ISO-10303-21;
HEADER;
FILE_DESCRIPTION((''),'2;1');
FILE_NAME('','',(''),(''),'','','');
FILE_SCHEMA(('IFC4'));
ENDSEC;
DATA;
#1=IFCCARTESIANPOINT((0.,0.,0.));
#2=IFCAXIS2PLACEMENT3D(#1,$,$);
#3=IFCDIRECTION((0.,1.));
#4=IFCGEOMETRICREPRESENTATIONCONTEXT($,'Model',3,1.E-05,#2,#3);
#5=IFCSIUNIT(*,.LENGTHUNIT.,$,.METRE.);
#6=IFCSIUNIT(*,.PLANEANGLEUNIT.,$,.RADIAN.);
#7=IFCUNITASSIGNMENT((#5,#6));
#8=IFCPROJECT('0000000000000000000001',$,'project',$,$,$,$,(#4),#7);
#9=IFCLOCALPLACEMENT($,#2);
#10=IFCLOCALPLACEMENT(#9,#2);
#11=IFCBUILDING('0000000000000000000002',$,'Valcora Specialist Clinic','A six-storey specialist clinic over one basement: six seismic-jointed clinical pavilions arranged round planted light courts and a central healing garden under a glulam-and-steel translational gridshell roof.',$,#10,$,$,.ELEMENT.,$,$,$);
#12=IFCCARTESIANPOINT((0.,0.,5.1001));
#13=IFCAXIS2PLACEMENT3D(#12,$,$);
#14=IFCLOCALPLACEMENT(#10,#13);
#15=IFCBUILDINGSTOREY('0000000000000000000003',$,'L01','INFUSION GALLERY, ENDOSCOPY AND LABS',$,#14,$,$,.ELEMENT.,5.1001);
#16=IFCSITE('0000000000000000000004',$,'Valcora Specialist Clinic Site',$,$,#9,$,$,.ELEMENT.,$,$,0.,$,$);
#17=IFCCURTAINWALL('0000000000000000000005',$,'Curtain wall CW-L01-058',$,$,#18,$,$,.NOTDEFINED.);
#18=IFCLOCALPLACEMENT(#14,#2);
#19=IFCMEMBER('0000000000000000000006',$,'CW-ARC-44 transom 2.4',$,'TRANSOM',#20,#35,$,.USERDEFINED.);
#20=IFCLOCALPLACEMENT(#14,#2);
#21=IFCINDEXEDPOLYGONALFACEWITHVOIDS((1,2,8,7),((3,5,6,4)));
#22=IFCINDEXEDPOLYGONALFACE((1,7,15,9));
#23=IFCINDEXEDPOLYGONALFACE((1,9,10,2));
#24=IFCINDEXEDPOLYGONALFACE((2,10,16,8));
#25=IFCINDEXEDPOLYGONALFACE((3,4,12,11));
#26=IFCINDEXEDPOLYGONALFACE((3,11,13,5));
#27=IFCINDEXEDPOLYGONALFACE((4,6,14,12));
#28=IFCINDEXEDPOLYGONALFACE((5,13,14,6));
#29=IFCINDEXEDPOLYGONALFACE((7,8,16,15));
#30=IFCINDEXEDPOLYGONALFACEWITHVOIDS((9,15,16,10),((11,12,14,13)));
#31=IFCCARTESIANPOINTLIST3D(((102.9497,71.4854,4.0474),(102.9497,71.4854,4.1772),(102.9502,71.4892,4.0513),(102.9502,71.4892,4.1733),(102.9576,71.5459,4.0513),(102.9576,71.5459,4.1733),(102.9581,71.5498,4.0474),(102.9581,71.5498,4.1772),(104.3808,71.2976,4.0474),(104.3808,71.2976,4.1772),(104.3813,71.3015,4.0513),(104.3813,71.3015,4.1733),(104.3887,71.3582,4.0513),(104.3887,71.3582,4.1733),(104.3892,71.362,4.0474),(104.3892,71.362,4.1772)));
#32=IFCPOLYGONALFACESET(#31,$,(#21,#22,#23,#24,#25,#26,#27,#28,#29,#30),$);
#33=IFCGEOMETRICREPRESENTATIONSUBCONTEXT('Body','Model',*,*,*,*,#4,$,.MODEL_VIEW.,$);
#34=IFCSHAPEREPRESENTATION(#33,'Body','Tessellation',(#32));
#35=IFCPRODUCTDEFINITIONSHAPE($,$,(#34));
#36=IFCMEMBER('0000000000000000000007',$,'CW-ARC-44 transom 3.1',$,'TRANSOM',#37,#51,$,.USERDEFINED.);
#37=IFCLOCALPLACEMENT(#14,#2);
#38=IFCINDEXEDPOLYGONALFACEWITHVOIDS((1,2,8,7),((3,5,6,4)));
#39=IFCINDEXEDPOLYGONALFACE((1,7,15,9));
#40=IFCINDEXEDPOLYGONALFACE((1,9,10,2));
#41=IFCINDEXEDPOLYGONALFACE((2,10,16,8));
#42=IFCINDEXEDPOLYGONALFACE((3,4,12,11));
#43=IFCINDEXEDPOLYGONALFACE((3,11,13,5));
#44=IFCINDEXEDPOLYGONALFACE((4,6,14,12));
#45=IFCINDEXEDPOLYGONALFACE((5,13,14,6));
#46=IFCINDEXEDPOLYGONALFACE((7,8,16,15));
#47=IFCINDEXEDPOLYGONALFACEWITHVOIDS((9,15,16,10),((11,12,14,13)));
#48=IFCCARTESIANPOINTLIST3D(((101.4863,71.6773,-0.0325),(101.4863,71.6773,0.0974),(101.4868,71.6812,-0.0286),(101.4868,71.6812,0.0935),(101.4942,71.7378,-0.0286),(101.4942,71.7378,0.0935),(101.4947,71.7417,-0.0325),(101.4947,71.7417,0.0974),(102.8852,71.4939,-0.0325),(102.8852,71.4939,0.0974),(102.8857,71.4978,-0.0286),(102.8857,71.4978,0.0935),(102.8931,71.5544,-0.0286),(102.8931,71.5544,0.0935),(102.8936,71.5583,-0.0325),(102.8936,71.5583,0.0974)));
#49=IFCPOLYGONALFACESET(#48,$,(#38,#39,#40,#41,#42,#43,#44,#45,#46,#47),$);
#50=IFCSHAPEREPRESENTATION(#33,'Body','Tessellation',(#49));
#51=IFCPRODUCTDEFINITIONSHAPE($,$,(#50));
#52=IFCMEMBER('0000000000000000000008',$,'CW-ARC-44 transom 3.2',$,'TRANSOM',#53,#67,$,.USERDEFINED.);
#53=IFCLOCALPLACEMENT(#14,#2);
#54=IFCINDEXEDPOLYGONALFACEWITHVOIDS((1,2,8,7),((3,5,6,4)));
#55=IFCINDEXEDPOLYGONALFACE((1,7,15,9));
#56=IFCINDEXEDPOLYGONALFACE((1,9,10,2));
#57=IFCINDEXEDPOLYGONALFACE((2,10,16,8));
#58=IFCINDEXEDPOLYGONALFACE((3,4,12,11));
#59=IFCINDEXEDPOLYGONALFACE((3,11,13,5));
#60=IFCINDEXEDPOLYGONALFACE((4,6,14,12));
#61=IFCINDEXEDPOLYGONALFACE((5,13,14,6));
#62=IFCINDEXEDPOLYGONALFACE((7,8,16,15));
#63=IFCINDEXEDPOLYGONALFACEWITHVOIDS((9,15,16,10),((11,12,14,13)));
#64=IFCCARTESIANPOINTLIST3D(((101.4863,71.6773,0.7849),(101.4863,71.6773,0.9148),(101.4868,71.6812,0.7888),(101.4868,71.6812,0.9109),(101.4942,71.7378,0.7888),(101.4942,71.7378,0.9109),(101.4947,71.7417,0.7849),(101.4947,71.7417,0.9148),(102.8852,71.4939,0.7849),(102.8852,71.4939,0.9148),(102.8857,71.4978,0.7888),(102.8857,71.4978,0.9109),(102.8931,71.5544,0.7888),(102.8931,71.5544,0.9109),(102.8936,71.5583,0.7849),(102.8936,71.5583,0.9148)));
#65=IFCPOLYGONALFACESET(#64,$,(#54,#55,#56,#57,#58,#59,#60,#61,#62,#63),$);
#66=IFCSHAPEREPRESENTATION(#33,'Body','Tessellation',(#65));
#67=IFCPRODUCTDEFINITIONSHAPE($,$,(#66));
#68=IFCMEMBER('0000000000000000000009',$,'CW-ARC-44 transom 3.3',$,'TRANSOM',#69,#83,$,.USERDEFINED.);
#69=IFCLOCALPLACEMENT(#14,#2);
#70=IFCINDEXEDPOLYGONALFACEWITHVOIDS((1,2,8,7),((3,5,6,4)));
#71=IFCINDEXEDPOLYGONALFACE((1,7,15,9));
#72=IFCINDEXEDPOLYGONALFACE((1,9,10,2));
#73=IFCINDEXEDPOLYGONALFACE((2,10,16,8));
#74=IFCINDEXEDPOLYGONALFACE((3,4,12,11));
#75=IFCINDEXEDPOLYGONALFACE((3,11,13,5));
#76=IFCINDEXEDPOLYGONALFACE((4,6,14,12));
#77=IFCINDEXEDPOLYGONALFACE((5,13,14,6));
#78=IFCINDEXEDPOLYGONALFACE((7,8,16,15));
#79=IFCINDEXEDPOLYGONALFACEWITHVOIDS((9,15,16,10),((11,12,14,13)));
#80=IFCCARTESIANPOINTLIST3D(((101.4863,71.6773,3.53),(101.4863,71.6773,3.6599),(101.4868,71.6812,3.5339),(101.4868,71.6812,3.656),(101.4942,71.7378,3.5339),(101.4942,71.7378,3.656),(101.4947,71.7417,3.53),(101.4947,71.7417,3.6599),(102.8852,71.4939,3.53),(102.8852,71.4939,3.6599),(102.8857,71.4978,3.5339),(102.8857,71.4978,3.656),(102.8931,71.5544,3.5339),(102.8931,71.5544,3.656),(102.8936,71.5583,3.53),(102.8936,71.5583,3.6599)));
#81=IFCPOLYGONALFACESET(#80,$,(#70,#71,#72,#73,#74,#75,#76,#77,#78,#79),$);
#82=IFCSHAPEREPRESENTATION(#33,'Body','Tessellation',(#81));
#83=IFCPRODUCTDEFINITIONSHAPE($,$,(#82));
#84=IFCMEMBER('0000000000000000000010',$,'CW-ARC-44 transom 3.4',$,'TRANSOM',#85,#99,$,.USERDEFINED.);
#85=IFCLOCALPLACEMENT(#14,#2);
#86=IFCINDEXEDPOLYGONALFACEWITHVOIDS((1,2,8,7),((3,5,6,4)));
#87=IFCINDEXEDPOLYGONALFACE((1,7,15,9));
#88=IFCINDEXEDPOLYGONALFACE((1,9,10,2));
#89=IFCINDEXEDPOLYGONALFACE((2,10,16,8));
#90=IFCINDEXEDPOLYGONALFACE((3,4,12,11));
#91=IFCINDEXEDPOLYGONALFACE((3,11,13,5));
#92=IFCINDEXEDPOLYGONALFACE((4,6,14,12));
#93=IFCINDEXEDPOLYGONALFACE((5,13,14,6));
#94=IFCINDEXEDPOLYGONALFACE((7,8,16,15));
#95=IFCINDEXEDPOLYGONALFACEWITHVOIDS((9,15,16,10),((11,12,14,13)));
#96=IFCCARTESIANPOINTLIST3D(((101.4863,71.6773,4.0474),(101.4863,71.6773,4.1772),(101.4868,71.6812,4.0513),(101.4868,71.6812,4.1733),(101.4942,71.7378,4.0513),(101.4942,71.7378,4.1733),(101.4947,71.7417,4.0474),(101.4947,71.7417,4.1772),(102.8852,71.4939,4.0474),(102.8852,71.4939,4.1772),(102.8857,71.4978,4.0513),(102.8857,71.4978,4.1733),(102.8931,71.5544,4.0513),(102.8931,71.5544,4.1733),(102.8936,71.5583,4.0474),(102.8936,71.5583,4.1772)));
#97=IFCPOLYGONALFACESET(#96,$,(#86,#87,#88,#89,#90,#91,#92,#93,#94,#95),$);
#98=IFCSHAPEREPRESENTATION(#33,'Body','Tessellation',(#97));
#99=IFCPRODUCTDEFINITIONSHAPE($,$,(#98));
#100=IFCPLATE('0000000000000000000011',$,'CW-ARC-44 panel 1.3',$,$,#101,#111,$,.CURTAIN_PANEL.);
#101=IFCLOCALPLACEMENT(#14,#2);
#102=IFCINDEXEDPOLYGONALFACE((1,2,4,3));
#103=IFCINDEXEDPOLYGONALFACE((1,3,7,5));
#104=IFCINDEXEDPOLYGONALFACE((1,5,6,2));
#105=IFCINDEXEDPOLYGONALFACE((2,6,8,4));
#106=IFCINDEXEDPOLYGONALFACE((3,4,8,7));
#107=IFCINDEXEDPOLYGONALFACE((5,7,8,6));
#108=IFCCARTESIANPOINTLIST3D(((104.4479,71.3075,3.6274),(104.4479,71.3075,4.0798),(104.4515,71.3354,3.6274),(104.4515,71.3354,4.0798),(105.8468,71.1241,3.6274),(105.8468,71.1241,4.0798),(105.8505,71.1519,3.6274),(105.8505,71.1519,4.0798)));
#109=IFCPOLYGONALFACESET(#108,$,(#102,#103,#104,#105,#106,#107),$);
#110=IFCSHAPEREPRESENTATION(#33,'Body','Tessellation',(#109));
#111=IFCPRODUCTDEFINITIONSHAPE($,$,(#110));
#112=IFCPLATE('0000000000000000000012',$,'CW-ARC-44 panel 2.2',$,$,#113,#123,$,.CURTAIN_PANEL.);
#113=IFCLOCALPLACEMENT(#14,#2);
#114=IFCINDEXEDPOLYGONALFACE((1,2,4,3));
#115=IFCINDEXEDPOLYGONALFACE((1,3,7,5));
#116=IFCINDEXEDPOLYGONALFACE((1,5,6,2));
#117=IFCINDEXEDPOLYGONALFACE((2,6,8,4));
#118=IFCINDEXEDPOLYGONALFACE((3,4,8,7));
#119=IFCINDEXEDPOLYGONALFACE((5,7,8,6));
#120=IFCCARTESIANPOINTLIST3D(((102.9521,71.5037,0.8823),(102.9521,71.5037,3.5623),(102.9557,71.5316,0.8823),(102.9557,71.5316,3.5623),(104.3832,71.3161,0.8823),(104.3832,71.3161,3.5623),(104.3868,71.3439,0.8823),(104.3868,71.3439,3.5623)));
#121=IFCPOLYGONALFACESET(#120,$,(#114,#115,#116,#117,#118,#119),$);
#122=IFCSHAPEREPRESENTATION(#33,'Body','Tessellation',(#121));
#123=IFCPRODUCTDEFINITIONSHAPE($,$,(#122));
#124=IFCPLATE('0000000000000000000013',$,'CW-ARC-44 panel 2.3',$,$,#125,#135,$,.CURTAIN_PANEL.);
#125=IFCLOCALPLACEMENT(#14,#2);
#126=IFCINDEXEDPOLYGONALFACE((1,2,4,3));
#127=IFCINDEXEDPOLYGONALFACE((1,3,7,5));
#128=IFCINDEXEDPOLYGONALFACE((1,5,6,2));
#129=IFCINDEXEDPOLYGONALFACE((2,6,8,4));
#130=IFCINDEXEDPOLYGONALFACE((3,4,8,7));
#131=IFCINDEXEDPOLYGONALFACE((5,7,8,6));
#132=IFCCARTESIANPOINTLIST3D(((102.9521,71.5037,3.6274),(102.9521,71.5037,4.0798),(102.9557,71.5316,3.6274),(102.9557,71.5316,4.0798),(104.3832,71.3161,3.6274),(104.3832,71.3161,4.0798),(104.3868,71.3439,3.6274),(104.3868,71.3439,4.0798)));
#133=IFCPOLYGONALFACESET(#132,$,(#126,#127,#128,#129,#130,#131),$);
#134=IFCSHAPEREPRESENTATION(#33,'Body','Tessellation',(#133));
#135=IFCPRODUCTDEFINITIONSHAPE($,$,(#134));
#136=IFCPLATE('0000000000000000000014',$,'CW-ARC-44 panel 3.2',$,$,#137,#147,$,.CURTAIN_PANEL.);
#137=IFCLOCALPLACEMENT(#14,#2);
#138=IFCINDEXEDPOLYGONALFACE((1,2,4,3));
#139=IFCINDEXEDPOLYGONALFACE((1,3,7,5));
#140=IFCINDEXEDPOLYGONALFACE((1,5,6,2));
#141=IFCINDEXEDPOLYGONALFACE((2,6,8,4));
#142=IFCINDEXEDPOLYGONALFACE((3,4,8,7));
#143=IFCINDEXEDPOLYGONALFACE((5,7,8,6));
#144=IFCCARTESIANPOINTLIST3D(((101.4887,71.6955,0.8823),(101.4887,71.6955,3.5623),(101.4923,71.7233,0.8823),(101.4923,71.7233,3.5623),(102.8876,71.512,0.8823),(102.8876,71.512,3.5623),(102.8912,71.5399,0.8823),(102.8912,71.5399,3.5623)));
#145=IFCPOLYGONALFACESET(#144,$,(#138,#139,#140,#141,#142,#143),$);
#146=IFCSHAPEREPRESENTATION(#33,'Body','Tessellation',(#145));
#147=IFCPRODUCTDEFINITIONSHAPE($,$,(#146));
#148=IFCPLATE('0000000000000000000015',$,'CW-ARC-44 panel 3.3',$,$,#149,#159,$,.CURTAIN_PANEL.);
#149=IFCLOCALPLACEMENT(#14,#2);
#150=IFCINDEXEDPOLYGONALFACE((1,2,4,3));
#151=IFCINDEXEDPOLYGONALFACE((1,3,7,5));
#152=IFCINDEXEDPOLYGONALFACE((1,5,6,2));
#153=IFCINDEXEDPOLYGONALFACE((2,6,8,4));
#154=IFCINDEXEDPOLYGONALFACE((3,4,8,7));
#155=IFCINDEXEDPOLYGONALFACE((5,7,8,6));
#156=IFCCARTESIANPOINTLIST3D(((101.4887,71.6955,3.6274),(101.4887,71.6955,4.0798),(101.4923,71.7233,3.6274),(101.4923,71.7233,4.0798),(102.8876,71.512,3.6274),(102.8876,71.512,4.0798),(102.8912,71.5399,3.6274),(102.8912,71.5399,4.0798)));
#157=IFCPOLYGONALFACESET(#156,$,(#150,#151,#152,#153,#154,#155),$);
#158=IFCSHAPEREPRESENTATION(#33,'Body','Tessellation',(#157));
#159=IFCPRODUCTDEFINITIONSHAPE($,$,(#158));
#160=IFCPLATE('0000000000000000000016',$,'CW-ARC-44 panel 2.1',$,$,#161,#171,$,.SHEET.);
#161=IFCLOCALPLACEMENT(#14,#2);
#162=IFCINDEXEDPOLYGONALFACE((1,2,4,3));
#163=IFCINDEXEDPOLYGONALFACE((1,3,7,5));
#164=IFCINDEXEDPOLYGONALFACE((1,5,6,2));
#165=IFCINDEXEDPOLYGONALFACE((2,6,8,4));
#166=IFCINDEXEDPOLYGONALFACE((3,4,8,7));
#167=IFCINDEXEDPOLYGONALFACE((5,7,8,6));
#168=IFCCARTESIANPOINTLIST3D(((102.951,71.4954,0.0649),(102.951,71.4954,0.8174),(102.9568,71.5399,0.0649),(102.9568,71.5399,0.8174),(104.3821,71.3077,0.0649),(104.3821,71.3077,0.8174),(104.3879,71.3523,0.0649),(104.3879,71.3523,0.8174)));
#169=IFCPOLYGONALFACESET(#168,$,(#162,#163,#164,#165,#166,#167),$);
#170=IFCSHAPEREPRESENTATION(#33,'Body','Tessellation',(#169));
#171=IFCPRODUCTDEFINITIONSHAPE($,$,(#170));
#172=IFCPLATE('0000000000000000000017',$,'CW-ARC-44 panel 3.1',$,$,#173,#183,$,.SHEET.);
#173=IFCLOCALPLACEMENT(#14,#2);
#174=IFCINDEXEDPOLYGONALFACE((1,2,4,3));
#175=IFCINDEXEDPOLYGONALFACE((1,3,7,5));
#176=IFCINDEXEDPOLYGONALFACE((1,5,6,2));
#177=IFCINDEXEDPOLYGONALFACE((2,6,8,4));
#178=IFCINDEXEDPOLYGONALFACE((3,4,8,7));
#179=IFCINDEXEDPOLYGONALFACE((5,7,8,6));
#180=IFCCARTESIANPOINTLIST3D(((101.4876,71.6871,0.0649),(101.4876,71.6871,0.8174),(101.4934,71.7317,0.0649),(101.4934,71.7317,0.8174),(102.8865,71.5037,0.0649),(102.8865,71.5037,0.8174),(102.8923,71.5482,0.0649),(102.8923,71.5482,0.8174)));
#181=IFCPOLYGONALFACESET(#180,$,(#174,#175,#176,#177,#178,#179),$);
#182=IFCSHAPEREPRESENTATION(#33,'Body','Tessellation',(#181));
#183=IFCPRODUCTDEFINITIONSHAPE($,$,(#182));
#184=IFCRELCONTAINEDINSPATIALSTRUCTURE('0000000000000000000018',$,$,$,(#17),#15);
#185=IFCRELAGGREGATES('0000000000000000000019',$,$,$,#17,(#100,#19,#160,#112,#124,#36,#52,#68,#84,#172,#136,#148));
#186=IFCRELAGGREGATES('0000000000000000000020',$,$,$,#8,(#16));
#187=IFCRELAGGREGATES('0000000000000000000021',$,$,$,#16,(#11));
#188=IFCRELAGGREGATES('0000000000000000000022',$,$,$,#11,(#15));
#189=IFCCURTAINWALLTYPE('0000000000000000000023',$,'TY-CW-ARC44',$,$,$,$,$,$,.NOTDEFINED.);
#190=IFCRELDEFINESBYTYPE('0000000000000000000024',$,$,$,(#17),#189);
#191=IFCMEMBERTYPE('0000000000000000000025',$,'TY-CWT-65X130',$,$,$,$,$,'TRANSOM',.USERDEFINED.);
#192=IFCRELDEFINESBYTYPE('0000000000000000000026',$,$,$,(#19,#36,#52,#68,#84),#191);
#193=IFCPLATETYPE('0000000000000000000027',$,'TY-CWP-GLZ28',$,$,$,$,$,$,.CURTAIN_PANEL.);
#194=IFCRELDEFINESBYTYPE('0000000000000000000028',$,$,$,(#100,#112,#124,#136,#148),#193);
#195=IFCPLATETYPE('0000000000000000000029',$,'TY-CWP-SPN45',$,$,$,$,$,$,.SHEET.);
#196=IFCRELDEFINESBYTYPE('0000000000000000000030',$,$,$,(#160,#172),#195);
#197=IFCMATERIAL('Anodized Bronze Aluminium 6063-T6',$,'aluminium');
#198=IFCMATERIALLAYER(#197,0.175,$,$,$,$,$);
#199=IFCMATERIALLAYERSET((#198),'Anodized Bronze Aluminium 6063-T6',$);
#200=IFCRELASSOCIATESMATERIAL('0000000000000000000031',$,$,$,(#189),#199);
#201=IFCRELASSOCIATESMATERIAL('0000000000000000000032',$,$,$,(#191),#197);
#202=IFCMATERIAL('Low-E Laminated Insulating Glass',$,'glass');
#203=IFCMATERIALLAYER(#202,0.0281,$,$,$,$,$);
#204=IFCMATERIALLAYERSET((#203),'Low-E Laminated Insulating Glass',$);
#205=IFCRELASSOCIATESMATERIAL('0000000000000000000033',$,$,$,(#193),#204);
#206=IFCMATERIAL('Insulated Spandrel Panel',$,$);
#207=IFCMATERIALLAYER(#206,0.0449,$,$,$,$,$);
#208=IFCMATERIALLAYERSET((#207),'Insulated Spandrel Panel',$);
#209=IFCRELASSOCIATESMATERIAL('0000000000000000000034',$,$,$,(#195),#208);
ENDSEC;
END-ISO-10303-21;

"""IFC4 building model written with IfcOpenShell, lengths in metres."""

from ifc_helpers import new_model, si_unit, direction, frame, origin, origin_2d, place, context, subcontext, project, spatial, rectangle, hollow_rectangle, extrude, material, layer, layer_set, material_profile, profile_set, type_object, element, aggregate, save


model = new_model("IFC4")

# Units and contexts
model_context = context("Model", 3, precision=1e-05, world=origin(), true_north=direction((0.0, 1.0)))
body_context = subcontext(model_context, "Body", "Model", "MODEL_VIEW")
ifc_project = project(units=[si_unit("LENGTHUNIT", "METRE"), si_unit("PLANEANGLEUNIT", "RADIAN")], contexts=[model_context])

# Site, building, storey
site_placement = place(None, origin())
site = spatial("IfcSite", under=ifc_project, at=site_placement, Name="Valcora Specialist Clinic Site", CompositionType="ELEMENT", RefElevation=0.0)
building_placement = place(site_placement, origin())
building = spatial("IfcBuilding", under=site, at=building_placement, Name="Valcora Specialist Clinic", Description="A six-storey specialist clinic over one basement: six seismic-jointed clinical pavilions arranged round planted light courts and a central healing garden under a glulam-and-steel translational gridshell roof.", CompositionType="ELEMENT")
storey_placement = place(building_placement, frame((0.0, 0.0, 5.1001)))
storey = spatial("IfcBuildingStorey", under=building, at=storey_placement, Name="L01", Description="INFUSION GALLERY, ENDOSCOPY AND LABS", CompositionType="ELEMENT", Elevation=5.1001)

# Curtain wall, members, plates
ifc_material_1 = material(Name="Anodized Bronze Aluminium 6063-T6", Category="aluminium")
ifc_layer_1 = layer(ifc_material_1, 0.175)
ifc_layer_set_1 = layer_set([ifc_layer_1], Name="Anodized Bronze Aluminium 6063-T6")
curtain_wall_type = type_object("IfcCurtainWallType", Name="TY-CW-ARC44", PredefinedType="NOTDEFINED", material=ifc_layer_set_1)
curtain_wall_placement = place(storey_placement, origin())
curtain_wall = element("IfcCurtainWall", 1, at=curtain_wall_placement, inside=storey, type_object=curtain_wall_type, Name="Curtain wall CW-L01-058", PredefinedType="NOTDEFINED")
ifc_material_profile_1 = material_profile(ifc_material_1, hollow_rectangle(XDim=0.0649, YDim=0.1299, WallThickness=0.0039, at=origin_2d()), Name="AL-TRN-65X130")
ifc_profile_set_1 = profile_set([ifc_material_profile_1], Name="Anodized Bronze Aluminium 6063-T6")
member_type_1 = type_object("IfcMemberType", Name="TY-CWT-65X130", ElementType="TRANSOM", PredefinedType="USERDEFINED", material=ifc_profile_set_1)
member_1_placement = place(storey_placement, frame((104.385, 71.3298, 4.1123), z_axis=(-0.991505, 0.130069, 0.0), x_axis=(-0.130069, -0.991505, 0.0)))
member_1 = element("IfcMember", 2, at=member_1_placement, type_object=member_type_1, Name="CW-ARC-44 transom 2.4", ObjectType="TRANSOM", PredefinedType="USERDEFINED", context=body_context, shape_type="SweptSolid", body=[
    extrude(hollow_rectangle(XDim=0.0649, YDim=0.1299, WallThickness=0.0039, at=origin_2d()), origin(), (0.0, 0.0, 1.0), 1.4434),
])
member_2_placement = place(storey_placement, frame((102.8894, 71.5261, 0.0325), z_axis=(-0.99152, 0.129953, 0.0), x_axis=(-0.129953, -0.99152, 0.0)))
member_2 = element("IfcMember", 3, at=member_2_placement, type_object=member_type_1, Name="CW-ARC-44 transom 3.1", ObjectType="TRANSOM", PredefinedType="USERDEFINED", context=body_context, shape_type="SweptSolid", body=[
    extrude(hollow_rectangle(XDim=0.0649, YDim=0.1299, WallThickness=0.0039, at=origin_2d()), origin(), (0.0, 0.0, 1.0), 1.4109),
])
member_3_placement = place(storey_placement, frame((102.8894, 71.5261, 0.8499), z_axis=(-0.99152, 0.129953, 0.0), x_axis=(-0.129953, -0.99152, 0.0)))
member_3 = element("IfcMember", 4, at=member_3_placement, type_object=member_type_1, Name="CW-ARC-44 transom 3.2", ObjectType="TRANSOM", PredefinedType="USERDEFINED", context=body_context, shape_type="SweptSolid", body=[
    extrude(hollow_rectangle(XDim=0.0649, YDim=0.1299, WallThickness=0.0039, at=origin_2d()), origin(), (0.0, 0.0, 1.0), 1.4109),
])
member_4_placement = place(storey_placement, frame((102.8894, 71.5261, 3.595), z_axis=(-0.99152, 0.129953, 0.0), x_axis=(-0.129953, -0.99152, 0.0)))
member_4 = element("IfcMember", 5, at=member_4_placement, type_object=member_type_1, Name="CW-ARC-44 transom 3.3", ObjectType="TRANSOM", PredefinedType="USERDEFINED", context=body_context, shape_type="SweptSolid", body=[
    extrude(hollow_rectangle(XDim=0.0649, YDim=0.1299, WallThickness=0.0039, at=origin_2d()), origin(), (0.0, 0.0, 1.0), 1.4109),
])
member_5_placement = place(storey_placement, frame((102.8894, 71.5261, 4.1123), z_axis=(-0.99152, 0.129953, 0.0), x_axis=(-0.129953, -0.99152, 0.0)))
member_5 = element("IfcMember", 6, at=member_5_placement, type_object=member_type_1, Name="CW-ARC-44 transom 3.4", ObjectType="TRANSOM", PredefinedType="USERDEFINED", context=body_context, shape_type="SweptSolid", body=[
    extrude(hollow_rectangle(XDim=0.0649, YDim=0.1299, WallThickness=0.0039, at=origin_2d()), origin(), (0.0, 0.0, 1.0), 1.4109),
])
ifc_material_2 = material(Name="Low-E Laminated Insulating Glass", Category="glass")
ifc_layer_2 = layer(ifc_material_2, 0.0281)
ifc_layer_set_2 = layer_set([ifc_layer_2], Name="Low-E Laminated Insulating Glass")
plate_type_1 = type_object("IfcPlateType", Name="TY-CWP-GLZ28", PredefinedType="CURTAIN_PANEL", material=ifc_layer_set_2)
plate_1_placement = place(storey_placement, frame((105.1492, 71.2297, 3.6274), z_axis=(0.0, 0.0, 1.0), x_axis=(-0.991514, 0.129999, 0.0)))
plate_1 = element("IfcPlate", 7, at=plate_1_placement, type_object=plate_type_1, Name="CW-ARC-44 panel 1.3", PredefinedType="CURTAIN_PANEL", context=body_context, shape_type="SweptSolid", body=[
    extrude(rectangle(XDim=1.4109, YDim=0.0281, at=origin_2d()), origin(), (0.0, 0.0, 1.0), 0.4524),
])
plate_2_placement = place(storey_placement, frame((103.6694, 71.4238, 0.8823), z_axis=(0.0, 0.0, 1.0), x_axis=(-0.991514, 0.129999, 0.0)))
plate_2 = element("IfcPlate", 8, at=plate_2_placement, type_object=plate_type_1, Name="CW-ARC-44 panel 2.2", PredefinedType="CURTAIN_PANEL", context=body_context, shape_type="SweptSolid", body=[
    extrude(rectangle(XDim=1.4434, YDim=0.0281, at=origin_2d()), origin(), (0.0, 0.0, 1.0), 2.6799),
])
plate_3_placement = place(storey_placement, frame((103.6694, 71.4238, 3.6274), z_axis=(0.0, 0.0, 1.0), x_axis=(-0.991514, 0.129999, 0.0)))
plate_3 = element("IfcPlate", 9, at=plate_3_placement, type_object=plate_type_1, Name="CW-ARC-44 panel 2.3", PredefinedType="CURTAIN_PANEL", context=body_context, shape_type="SweptSolid", body=[
    extrude(rectangle(XDim=1.4434, YDim=0.0281, at=origin_2d()), origin(), (0.0, 0.0, 1.0), 0.4524),
])
plate_4_placement = place(storey_placement, frame((102.1899, 71.6177, 0.8823), z_axis=(0.0, 0.0, 1.0), x_axis=(-0.991514, 0.129999, 0.0)))
plate_4 = element("IfcPlate", 10, at=plate_4_placement, type_object=plate_type_1, Name="CW-ARC-44 panel 3.2", PredefinedType="CURTAIN_PANEL", context=body_context, shape_type="SweptSolid", body=[
    extrude(rectangle(XDim=1.4109, YDim=0.0281, at=origin_2d()), origin(), (0.0, 0.0, 1.0), 2.6799),
])
plate_5_placement = place(storey_placement, frame((102.1899, 71.6177, 3.6274), z_axis=(0.0, 0.0, 1.0), x_axis=(-0.991514, 0.129999, 0.0)))
plate_5 = element("IfcPlate", 11, at=plate_5_placement, type_object=plate_type_1, Name="CW-ARC-44 panel 3.3", PredefinedType="CURTAIN_PANEL", context=body_context, shape_type="SweptSolid", body=[
    extrude(rectangle(XDim=1.4109, YDim=0.0281, at=origin_2d()), origin(), (0.0, 0.0, 1.0), 0.4524),
])
ifc_material_3 = material(Name="Insulated Spandrel Panel")
ifc_layer_3 = layer(ifc_material_3, 0.0449)
ifc_layer_set_3 = layer_set([ifc_layer_3], Name="Insulated Spandrel Panel")
plate_type_2 = type_object("IfcPlateType", Name="TY-CWP-SPN45", PredefinedType="SHEET", material=ifc_layer_set_3)
plate_6_placement = place(storey_placement, frame((103.6694, 71.4238, 0.0649), z_axis=(0.0, 0.0, 1.0), x_axis=(-0.991514, 0.129999, 0.0)))
plate_6 = element("IfcPlate", 12, at=plate_6_placement, type_object=plate_type_2, Name="CW-ARC-44 panel 2.1", PredefinedType="SHEET", context=body_context, shape_type="SweptSolid", body=[
    extrude(rectangle(XDim=1.4434, YDim=0.0449, at=origin_2d()), origin(), (0.0, 0.0, 1.0), 0.7524),
])
plate_7_placement = place(storey_placement, frame((102.1899, 71.6177, 0.0649), z_axis=(0.0, 0.0, 1.0), x_axis=(-0.991514, 0.129999, 0.0)))
plate_7 = element("IfcPlate", 13, at=plate_7_placement, type_object=plate_type_2, Name="CW-ARC-44 panel 3.1", PredefinedType="SHEET", context=body_context, shape_type="SweptSolid", body=[
    extrude(rectangle(XDim=1.4109, YDim=0.0449, at=origin_2d()), origin(), (0.0, 0.0, 1.0), 0.7524),
])
aggregate(curtain_wall, [plate_1, member_1, plate_6, plate_2, plate_3, member_2, member_3, member_4, member_5, plate_7, plate_4, plate_5])

save(model, "model.ifc")
